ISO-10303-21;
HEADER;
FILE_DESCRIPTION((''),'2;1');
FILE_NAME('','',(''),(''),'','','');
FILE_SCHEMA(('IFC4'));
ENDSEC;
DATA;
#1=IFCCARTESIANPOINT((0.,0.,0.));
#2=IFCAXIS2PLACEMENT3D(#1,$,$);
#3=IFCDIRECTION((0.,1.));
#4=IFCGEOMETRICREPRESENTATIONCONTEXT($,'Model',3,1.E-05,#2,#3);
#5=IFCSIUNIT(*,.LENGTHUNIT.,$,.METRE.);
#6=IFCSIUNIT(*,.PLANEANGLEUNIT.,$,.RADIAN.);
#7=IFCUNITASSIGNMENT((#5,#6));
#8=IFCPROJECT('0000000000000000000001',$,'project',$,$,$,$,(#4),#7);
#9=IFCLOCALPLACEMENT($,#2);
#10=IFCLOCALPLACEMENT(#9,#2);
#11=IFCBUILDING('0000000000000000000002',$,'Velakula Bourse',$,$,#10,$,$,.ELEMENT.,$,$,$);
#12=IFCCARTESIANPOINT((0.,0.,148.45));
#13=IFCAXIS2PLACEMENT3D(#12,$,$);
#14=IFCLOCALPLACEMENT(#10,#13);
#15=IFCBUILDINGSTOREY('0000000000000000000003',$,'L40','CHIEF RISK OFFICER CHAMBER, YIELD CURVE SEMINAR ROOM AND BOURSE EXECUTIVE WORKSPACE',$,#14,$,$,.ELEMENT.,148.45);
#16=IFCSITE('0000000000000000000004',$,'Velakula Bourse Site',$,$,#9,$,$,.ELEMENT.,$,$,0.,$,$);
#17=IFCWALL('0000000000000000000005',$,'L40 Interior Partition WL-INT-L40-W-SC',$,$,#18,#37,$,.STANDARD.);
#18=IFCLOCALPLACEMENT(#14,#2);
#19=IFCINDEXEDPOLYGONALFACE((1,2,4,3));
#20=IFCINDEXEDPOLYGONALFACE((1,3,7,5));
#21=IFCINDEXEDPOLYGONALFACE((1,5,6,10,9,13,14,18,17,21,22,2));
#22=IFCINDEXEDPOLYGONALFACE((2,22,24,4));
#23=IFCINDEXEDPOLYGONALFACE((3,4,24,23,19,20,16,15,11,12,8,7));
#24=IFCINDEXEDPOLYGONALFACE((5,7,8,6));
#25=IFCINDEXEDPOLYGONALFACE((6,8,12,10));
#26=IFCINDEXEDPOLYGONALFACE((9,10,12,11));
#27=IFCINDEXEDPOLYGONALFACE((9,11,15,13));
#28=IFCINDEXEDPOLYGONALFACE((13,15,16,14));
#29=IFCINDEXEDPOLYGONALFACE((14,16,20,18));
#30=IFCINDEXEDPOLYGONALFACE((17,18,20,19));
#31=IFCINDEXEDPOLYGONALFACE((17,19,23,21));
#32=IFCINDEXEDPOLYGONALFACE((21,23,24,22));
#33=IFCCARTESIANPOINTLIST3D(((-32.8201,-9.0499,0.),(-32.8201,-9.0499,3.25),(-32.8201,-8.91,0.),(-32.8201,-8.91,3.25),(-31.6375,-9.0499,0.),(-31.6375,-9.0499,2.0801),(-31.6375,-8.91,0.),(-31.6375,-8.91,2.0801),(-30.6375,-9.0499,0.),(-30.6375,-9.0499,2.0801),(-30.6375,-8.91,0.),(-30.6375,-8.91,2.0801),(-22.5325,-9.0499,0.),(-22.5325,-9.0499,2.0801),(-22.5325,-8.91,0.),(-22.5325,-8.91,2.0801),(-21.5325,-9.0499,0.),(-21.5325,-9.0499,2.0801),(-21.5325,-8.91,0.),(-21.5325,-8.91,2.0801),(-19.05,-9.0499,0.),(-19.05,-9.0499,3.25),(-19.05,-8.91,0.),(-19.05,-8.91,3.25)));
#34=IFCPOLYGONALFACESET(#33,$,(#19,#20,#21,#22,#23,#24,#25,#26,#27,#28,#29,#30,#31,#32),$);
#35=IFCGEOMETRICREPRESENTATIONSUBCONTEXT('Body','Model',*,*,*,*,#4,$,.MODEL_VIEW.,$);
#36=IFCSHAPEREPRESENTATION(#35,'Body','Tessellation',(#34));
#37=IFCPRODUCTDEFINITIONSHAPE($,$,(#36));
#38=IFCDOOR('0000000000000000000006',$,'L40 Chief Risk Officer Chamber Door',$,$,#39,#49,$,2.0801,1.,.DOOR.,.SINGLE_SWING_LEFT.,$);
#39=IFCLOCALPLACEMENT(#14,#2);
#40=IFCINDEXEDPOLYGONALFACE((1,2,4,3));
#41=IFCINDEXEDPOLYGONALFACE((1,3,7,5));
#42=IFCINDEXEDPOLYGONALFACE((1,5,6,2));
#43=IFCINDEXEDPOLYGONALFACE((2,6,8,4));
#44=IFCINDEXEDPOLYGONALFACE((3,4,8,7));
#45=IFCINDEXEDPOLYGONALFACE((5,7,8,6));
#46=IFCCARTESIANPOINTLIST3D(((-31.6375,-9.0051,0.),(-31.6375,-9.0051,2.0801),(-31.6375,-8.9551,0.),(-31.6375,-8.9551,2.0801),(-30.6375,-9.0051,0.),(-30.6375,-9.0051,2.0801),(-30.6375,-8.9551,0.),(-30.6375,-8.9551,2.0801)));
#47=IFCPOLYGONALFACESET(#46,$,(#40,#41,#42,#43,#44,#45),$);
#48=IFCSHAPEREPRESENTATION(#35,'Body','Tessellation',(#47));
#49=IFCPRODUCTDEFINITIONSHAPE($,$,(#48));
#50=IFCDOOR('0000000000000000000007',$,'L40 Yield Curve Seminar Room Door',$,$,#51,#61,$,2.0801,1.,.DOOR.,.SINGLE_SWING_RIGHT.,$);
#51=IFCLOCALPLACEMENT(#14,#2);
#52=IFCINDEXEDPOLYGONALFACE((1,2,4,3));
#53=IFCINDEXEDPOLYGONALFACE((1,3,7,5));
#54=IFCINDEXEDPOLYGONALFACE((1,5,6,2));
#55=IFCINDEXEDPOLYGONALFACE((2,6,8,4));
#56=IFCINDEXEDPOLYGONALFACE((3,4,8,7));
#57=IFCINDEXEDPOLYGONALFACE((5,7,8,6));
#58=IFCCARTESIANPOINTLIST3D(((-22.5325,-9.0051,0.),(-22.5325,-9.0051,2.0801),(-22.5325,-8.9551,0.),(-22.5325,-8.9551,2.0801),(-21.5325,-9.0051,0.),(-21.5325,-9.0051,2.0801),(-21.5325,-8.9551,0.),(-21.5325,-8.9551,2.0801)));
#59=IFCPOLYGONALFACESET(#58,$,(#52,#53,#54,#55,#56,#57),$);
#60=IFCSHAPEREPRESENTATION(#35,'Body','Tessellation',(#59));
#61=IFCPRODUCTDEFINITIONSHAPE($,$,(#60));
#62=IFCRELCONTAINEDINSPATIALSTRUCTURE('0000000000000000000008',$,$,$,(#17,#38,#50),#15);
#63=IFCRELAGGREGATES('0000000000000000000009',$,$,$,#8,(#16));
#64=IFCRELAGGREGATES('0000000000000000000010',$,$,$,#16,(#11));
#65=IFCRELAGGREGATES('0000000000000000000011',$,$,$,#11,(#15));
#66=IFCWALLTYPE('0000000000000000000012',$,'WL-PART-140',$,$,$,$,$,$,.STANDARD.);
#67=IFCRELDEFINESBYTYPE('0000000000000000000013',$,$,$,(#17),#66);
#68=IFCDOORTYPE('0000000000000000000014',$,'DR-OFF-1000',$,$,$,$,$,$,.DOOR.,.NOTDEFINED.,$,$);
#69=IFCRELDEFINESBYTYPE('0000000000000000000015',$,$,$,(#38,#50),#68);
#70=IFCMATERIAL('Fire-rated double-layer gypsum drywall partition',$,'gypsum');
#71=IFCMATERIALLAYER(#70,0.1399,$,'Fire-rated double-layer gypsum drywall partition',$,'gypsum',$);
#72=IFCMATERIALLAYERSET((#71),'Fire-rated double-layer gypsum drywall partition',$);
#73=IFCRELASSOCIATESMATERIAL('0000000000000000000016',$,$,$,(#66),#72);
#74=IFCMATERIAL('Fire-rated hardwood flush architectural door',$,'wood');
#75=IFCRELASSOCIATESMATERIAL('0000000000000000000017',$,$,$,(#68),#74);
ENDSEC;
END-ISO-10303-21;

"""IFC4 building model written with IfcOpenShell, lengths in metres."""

from ifc_helpers import new_model, si_unit, direction, frame, frame_2d, origin, place, context, subcontext, project, spatial, rectangle, extrude, material, layer, layer_set, type_object, element, fill, save


model = new_model("IFC4")

# Units and contexts
model_context = context("Model", 3, precision=1e-05, world=origin(), true_north=direction((0.0, 1.0)))
body_context = subcontext(model_context, "Body", "Model", "MODEL_VIEW")
ifc_project = project(units=[si_unit("LENGTHUNIT", "METRE"), si_unit("PLANEANGLEUNIT", "RADIAN")], contexts=[model_context])

# Site, building, storey
site_placement = place(None, origin())
site = spatial("IfcSite", under=ifc_project, at=site_placement, Name="Velakula Bourse Site", CompositionType="ELEMENT", RefElevation=0.0)
building_placement = place(site_placement, origin())
building = spatial("IfcBuilding", under=site, at=building_placement, Name="Velakula Bourse", CompositionType="ELEMENT")
storey_placement = place(building_placement, frame((0.0, 0.0, 148.45)))
storey = spatial("IfcBuildingStorey", under=building, at=storey_placement, Name="L40", Description="CHIEF RISK OFFICER CHAMBER, YIELD CURVE SEMINAR ROOM AND BOURSE EXECUTIVE WORKSPACE", CompositionType="ELEMENT", Elevation=148.45)

# Wall, openings, doors
ifc_material_1 = material(Name="Fire-rated double-layer gypsum drywall partition", Category="gypsum")
ifc_layer = layer(ifc_material_1, 0.1399, Name="Fire-rated double-layer gypsum drywall partition", Category="gypsum")
ifc_layer_set = layer_set([ifc_layer], Name="Fire-rated double-layer gypsum drywall partition")
wall_type = type_object("IfcWallType", Name="WL-PART-140", PredefinedType="STANDARD", material=ifc_layer_set)
ifc_material_2 = material(Name="Fire-rated hardwood flush architectural door", Category="wood")
door_type_1 = type_object("IfcDoorType", Name="DR-OFF-1000", OperationType="NOTDEFINED", PredefinedType="DOOR", material=ifc_material_2)
wall_1_placement = place(storey_placement, frame((-32.8201, -8.98, 0.0), z_axis=(0.0, 0.0, 1.0), x_axis=(1.0, 0.0, 0.0)))
wall_1 = element("IfcWall", 1, at=wall_1_placement, inside=storey, type_object=wall_type, Name="L40 Interior Partition WL-INT-L40-W-SC", PredefinedType="STANDARD", context=body_context, shape_type="SweptSolid", body=[
    extrude(rectangle(XDim=13.77, YDim=0.1399, at=frame_2d((6.885, 0.0))), origin(), (0.0, 0.0, 1.0), 3.25),
])
opening_1_placement = place(wall_1_placement, frame((1.1826, 0.0, 0.0)))
opening_1 = element("IfcOpeningElement", 2, at=opening_1_placement, cuts=wall_1, PredefinedType="OPENING", context=body_context, shape_type="SweptSolid", body=[
    extrude(rectangle(XDim=1.0, YDim=2.0801, at=frame_2d((0.5, 1.04))), frame((0.0, 0.0798, 0.0), z_axis=(0.0, -1.0, 0.0), x_axis=(1.0, 0.0, 0.0)), (0.0, 0.0, 1.0), 0.1599),
])
opening_2_placement = place(wall_1_placement, frame((10.2876, 0.0, 0.0)))
opening_2 = element("IfcOpeningElement", 3, at=opening_2_placement, cuts=wall_1, PredefinedType="OPENING", context=body_context, shape_type="SweptSolid", body=[
    extrude(rectangle(XDim=1.0, YDim=2.0801, at=frame_2d((0.5, 1.04))), frame((0.0, 0.0798, 0.0), z_axis=(0.0, -1.0, 0.0), x_axis=(1.0, 0.0, 0.0)), (0.0, 0.0, 1.0), 0.1599),
])
door_1_placement = place(opening_1_placement, origin())
door_1 = element("IfcDoor", 4, at=door_1_placement, inside=storey, type_object=door_type_1, Name="L40 Chief Risk Officer Chamber Door", OperationType="SINGLE_SWING_LEFT", OverallHeight=2.0801, OverallWidth=1.0, PredefinedType="DOOR", context=body_context, shape_type="SweptSolid", body=[
    extrude(rectangle(XDim=1.0, YDim=2.0801, at=frame_2d((0.5, 1.04))), frame((0.0, 0.0249, 0.0), z_axis=(0.0, -1.0, 0.0), x_axis=(1.0, 0.0, 0.0)), (0.0, 0.0, 1.0), 0.05),
])
fill(opening_1, door_1)
door_2_placement = place(opening_2_placement, origin())
door_2 = element("IfcDoor", 5, at=door_2_placement, inside=storey, type_object=door_type_1, Name="L40 Yield Curve Seminar Room Door", OperationType="SINGLE_SWING_RIGHT", OverallHeight=2.0801, OverallWidth=1.0, PredefinedType="DOOR", context=body_context, shape_type="SweptSolid", body=[
    extrude(rectangle(XDim=1.0, YDim=2.0801, at=frame_2d((0.5, 1.04))), frame((0.0, 0.0249, 0.0), z_axis=(0.0, -1.0, 0.0), x_axis=(1.0, 0.0, 0.0)), (0.0, 0.0, 1.0), 0.05),
])
fill(opening_2, door_2)

save(model, "model.ifc")
